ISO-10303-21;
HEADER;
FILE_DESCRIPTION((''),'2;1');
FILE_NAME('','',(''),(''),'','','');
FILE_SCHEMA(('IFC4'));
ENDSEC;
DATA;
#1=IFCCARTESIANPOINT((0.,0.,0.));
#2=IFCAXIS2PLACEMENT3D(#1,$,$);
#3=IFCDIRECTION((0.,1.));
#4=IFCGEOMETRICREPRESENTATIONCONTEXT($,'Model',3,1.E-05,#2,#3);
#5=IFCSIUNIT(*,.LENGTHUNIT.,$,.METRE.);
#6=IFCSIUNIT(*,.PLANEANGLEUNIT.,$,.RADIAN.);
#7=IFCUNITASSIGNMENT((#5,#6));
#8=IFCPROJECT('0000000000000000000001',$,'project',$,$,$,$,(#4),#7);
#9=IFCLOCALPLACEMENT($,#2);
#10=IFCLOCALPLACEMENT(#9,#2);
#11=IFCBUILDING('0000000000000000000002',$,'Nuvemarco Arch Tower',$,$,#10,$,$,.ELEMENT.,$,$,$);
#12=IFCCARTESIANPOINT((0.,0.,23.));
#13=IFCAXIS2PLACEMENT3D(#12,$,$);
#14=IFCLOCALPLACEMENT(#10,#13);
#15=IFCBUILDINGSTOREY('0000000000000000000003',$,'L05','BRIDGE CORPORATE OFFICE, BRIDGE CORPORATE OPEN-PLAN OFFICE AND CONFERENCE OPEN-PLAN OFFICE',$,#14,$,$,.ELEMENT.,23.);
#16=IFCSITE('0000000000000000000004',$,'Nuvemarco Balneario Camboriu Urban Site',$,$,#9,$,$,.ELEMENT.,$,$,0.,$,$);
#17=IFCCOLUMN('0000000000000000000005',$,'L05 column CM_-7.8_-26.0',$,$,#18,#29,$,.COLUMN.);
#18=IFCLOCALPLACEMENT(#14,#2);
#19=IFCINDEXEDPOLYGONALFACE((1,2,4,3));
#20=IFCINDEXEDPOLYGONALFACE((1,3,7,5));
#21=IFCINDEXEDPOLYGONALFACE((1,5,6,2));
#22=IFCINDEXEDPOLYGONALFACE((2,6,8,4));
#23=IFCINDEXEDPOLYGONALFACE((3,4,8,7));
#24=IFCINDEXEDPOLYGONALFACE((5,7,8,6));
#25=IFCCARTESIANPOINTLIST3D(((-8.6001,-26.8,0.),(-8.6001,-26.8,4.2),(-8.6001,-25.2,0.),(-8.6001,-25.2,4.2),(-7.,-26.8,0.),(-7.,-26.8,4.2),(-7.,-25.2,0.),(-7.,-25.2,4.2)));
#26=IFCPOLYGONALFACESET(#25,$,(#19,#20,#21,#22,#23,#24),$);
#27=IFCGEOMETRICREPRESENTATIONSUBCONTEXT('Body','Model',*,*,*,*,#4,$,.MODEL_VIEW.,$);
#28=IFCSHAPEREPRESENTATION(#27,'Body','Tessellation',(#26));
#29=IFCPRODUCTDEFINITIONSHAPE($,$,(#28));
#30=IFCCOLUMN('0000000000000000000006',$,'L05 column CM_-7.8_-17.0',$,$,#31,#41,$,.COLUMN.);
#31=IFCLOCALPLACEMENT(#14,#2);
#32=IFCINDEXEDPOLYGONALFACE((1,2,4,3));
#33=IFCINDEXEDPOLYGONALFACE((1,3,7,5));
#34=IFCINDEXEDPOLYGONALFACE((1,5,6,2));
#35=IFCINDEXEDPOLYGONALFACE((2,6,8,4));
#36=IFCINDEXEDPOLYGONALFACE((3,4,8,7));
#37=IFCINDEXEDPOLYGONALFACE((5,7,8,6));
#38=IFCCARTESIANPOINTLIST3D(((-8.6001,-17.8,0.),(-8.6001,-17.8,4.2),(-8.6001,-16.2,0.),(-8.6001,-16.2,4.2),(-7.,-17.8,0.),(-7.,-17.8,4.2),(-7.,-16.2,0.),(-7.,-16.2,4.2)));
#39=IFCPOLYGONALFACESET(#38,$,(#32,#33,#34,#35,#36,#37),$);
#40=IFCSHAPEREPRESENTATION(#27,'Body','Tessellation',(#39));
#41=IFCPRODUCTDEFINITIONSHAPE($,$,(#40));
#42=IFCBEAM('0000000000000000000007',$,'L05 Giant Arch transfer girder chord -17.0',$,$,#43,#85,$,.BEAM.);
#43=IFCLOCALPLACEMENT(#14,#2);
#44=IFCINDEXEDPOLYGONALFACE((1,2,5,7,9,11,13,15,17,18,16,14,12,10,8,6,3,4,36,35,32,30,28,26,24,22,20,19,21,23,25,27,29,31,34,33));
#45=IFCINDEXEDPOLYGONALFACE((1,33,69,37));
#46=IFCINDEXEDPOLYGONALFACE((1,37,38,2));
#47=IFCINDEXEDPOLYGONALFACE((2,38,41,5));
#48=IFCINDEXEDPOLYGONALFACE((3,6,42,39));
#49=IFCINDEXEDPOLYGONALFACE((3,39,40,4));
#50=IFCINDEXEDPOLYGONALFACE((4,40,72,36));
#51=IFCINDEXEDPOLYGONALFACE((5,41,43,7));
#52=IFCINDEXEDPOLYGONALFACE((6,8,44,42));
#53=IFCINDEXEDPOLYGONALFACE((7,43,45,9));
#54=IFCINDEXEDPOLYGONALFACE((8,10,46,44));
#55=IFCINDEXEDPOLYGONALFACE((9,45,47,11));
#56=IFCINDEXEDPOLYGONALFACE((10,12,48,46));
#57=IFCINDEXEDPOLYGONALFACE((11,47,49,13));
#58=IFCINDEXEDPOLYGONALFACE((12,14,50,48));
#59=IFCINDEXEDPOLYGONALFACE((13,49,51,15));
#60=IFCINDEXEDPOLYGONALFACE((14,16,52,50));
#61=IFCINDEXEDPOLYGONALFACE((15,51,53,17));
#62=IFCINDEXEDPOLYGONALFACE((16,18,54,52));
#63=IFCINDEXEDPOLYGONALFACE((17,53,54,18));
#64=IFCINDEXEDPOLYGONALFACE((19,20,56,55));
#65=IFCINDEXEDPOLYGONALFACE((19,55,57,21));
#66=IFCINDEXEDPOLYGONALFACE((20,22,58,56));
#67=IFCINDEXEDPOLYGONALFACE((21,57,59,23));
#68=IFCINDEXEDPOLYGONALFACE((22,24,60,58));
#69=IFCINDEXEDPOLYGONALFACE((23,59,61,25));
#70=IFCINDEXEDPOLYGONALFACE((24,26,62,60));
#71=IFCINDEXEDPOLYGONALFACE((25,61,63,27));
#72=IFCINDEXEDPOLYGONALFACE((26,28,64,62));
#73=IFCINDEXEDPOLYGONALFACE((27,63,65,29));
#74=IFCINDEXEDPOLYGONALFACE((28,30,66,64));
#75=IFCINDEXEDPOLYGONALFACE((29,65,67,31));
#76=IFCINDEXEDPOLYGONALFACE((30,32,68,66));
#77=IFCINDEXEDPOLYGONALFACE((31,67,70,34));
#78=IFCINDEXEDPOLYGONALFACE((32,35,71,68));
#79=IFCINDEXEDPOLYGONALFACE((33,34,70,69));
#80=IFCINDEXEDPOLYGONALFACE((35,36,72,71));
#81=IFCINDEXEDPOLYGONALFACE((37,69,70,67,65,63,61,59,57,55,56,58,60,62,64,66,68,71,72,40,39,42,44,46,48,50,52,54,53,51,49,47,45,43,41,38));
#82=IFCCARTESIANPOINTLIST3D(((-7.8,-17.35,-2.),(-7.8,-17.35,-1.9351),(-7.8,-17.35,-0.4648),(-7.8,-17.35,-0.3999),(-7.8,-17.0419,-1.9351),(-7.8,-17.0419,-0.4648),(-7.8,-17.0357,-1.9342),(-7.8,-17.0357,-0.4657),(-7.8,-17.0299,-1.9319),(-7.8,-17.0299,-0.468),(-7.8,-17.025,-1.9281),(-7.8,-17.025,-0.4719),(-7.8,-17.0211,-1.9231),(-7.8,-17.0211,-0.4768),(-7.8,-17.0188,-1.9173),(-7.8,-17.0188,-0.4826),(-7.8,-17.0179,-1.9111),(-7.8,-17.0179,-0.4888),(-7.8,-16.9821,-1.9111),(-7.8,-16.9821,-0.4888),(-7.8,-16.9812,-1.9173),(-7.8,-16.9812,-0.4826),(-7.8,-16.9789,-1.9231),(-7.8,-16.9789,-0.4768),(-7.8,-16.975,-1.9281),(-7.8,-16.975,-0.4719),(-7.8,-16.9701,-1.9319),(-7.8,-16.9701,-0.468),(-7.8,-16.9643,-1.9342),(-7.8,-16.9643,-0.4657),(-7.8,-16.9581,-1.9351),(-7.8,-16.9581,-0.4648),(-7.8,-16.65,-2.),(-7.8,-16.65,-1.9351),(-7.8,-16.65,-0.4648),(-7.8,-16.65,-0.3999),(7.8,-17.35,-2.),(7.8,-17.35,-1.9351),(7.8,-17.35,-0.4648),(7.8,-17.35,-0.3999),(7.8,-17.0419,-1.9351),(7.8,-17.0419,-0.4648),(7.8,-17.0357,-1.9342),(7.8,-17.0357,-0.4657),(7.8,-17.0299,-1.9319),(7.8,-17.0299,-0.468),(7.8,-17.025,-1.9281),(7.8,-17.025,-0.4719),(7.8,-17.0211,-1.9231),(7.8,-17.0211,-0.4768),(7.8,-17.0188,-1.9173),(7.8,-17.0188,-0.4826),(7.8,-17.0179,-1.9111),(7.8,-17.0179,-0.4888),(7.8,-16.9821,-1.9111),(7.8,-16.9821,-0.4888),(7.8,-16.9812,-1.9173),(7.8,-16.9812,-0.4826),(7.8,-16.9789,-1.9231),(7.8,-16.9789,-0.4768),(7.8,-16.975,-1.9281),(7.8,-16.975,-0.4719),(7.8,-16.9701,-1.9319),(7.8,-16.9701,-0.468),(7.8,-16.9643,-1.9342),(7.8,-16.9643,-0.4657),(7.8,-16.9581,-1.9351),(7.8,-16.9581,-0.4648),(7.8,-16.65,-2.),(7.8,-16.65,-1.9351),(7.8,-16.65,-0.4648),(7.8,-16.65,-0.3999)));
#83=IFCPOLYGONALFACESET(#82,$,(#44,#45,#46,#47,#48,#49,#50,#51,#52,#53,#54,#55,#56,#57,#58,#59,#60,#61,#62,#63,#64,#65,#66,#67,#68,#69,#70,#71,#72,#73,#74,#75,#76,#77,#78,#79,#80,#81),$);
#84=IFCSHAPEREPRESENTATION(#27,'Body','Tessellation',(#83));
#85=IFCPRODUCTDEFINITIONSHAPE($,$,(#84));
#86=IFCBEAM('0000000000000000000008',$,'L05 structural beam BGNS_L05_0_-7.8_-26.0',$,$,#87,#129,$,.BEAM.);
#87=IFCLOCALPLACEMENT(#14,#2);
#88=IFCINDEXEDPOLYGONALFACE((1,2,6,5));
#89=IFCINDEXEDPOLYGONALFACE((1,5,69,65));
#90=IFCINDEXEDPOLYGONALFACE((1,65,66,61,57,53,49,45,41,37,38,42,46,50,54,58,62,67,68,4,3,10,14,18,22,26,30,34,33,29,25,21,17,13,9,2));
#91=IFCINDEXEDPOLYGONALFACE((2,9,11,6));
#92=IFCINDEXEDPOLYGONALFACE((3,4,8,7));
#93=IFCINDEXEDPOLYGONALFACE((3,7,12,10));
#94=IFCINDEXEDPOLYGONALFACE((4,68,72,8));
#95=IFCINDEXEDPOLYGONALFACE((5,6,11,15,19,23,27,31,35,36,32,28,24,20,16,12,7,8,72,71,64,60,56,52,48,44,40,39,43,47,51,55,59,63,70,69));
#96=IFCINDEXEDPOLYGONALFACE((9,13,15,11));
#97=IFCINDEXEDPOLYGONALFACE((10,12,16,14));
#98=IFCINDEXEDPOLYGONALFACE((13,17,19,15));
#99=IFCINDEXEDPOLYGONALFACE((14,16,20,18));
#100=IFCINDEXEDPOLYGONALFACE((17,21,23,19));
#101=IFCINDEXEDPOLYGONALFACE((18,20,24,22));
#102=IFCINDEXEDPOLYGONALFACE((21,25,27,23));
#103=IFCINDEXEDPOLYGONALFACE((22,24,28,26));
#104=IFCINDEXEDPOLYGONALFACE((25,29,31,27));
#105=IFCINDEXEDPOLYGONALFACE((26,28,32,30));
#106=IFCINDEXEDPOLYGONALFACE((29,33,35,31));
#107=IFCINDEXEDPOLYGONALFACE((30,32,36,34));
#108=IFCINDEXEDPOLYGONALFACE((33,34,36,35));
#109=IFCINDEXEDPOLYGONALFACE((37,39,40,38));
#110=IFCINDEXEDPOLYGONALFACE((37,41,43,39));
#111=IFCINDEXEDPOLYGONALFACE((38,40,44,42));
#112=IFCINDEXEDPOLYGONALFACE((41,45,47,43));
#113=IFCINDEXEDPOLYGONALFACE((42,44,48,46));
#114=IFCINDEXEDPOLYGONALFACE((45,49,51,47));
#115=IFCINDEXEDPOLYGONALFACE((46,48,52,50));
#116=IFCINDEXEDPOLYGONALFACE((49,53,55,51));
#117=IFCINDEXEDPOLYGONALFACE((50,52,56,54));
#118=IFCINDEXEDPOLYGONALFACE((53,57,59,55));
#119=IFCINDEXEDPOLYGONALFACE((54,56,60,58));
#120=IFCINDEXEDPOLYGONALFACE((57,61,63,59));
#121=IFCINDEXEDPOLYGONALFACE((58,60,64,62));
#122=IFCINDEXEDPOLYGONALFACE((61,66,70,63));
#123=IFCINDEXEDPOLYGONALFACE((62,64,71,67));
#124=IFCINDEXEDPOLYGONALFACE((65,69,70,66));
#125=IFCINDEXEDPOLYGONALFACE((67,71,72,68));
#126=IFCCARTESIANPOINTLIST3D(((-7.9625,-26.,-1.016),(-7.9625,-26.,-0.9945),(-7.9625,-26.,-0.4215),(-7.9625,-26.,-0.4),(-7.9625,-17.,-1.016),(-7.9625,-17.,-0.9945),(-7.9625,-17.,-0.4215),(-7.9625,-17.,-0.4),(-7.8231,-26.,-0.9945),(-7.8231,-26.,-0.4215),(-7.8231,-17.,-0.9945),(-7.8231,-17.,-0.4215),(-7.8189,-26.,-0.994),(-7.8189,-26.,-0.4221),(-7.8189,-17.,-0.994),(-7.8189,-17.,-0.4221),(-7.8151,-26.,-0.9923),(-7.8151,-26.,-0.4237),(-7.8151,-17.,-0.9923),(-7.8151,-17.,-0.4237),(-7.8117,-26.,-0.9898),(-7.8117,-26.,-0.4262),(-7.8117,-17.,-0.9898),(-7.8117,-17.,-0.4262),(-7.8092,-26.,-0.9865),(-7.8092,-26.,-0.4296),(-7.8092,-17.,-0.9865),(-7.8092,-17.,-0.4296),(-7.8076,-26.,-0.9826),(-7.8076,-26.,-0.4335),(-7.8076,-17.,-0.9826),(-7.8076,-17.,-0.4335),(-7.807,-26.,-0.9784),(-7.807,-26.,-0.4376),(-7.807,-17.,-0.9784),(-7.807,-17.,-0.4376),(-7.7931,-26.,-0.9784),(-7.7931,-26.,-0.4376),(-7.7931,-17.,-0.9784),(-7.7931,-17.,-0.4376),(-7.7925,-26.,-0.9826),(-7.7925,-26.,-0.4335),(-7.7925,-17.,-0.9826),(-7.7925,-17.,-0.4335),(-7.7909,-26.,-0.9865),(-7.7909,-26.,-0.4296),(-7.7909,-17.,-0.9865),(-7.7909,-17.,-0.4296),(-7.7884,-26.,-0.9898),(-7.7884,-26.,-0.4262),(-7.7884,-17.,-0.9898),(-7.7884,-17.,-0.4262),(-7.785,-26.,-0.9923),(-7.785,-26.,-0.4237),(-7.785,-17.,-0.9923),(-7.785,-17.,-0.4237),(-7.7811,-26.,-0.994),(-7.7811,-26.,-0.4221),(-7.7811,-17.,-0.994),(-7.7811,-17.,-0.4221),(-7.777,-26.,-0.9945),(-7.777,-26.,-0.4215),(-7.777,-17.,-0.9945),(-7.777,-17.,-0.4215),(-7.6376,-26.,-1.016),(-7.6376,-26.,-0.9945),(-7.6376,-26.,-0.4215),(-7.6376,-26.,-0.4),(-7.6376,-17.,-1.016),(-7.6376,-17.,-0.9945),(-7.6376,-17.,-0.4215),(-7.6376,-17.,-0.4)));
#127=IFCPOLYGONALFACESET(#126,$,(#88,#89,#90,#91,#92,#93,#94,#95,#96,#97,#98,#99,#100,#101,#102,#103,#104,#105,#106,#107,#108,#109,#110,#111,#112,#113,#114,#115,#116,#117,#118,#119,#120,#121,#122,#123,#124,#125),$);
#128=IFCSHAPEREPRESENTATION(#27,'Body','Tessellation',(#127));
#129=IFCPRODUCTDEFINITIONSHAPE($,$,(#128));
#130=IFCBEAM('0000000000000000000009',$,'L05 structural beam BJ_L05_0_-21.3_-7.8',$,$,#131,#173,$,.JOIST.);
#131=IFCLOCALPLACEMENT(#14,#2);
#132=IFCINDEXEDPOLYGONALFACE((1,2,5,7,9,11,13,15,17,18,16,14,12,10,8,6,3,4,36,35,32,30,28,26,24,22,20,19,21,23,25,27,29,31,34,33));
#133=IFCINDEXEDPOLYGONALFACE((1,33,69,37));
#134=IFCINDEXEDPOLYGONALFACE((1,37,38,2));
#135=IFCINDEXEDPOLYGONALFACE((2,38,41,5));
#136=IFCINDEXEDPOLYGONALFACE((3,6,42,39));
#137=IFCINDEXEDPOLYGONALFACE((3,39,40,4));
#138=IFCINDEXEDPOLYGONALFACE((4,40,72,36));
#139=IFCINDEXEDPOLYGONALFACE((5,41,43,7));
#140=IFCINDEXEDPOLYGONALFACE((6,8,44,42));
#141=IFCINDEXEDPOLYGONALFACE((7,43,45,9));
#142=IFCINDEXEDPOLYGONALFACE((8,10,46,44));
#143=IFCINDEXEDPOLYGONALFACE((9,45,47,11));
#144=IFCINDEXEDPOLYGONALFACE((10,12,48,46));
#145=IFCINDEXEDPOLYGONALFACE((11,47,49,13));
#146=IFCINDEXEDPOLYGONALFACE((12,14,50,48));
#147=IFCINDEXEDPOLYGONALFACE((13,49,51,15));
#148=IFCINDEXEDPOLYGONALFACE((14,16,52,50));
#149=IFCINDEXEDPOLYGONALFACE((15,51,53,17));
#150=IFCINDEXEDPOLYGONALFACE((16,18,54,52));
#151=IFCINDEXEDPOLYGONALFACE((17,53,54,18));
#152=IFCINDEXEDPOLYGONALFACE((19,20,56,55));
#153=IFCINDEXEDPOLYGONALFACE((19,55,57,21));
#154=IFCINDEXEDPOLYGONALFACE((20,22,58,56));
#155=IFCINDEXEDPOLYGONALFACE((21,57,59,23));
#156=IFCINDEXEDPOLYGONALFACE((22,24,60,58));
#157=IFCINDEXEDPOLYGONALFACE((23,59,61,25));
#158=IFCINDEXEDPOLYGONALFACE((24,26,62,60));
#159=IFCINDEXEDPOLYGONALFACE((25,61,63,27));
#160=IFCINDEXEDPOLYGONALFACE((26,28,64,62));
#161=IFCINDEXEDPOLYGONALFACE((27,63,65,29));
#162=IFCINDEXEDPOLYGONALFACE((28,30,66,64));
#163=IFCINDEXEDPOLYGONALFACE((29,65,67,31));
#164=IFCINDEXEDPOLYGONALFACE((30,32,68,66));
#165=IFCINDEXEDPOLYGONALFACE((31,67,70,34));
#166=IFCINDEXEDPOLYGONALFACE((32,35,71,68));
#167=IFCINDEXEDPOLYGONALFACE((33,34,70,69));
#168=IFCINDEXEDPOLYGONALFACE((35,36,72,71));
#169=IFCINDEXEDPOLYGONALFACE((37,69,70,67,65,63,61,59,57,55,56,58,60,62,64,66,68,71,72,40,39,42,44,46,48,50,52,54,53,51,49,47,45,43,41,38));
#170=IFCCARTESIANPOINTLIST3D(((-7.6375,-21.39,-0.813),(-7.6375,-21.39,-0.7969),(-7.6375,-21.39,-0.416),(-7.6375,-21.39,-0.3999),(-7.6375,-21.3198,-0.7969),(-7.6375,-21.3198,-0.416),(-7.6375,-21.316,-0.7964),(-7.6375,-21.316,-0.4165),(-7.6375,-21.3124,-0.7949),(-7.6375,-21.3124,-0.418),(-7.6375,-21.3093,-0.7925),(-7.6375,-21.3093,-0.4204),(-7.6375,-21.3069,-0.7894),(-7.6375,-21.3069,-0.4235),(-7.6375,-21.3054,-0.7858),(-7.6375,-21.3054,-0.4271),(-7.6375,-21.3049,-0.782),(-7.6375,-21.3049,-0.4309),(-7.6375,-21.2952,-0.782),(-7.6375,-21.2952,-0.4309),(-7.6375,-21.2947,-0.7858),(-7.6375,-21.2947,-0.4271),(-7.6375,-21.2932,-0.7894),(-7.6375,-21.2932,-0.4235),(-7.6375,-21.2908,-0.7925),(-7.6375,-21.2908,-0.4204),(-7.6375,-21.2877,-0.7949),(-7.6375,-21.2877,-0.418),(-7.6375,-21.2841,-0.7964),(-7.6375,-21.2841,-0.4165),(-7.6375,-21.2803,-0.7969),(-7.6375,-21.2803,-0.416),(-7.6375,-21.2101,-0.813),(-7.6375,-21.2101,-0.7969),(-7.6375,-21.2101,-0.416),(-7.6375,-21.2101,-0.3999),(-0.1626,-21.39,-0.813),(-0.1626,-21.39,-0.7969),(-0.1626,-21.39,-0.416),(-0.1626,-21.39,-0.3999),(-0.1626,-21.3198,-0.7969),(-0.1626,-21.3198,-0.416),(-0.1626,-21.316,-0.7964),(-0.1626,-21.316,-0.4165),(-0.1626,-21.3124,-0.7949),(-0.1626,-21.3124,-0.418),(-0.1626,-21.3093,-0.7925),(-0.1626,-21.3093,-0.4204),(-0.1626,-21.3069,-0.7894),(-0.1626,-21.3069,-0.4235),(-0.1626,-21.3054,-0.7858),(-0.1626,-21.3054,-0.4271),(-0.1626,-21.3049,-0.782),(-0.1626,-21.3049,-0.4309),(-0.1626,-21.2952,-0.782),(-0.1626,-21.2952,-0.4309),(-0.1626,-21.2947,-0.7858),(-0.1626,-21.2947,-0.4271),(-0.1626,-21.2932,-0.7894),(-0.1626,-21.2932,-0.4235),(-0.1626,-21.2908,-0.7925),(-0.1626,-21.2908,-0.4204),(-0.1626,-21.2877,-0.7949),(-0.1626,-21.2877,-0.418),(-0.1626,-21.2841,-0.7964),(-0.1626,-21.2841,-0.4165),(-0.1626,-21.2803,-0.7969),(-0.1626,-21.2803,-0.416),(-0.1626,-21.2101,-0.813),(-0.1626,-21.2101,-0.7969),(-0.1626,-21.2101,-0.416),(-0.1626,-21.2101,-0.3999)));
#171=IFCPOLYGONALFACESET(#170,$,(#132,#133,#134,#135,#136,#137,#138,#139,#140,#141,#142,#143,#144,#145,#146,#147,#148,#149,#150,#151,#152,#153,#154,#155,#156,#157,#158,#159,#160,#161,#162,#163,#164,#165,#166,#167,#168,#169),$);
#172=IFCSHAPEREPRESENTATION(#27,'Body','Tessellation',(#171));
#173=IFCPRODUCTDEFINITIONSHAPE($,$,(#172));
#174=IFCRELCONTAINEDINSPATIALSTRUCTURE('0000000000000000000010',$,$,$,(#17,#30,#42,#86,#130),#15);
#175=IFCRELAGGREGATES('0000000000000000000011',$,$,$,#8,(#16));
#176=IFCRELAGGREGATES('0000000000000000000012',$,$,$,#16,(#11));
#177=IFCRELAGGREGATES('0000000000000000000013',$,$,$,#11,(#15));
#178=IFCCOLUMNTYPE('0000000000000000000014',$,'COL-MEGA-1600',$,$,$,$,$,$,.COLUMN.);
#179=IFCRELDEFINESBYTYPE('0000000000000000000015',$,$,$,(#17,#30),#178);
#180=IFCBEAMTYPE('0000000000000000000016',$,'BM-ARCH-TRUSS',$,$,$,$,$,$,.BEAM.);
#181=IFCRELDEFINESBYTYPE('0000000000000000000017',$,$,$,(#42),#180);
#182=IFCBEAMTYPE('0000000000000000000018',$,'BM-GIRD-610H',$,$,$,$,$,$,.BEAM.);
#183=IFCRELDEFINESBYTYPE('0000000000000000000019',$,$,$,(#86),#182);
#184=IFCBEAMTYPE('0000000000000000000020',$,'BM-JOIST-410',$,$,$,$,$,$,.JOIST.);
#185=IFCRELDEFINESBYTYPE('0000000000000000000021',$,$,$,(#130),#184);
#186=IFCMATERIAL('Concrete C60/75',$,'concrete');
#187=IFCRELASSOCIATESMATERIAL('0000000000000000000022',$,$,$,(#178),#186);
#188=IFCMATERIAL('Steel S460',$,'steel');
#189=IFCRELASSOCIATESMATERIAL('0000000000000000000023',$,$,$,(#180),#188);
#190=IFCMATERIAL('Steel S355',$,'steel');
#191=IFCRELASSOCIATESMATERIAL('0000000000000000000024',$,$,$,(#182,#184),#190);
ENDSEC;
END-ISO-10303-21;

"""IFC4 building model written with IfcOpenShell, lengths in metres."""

from ifc_helpers import new_model, si_unit, direction, frame, origin, origin_2d, place, context, subcontext, project, spatial, rectangle, i_section, extrude, material, material_profile, profile_set, type_object, element, save


model = new_model("IFC4")

# Units and contexts
model_context = context("Model", 3, precision=1e-05, world=origin(), true_north=direction((0.0, 1.0)))
body_context = subcontext(model_context, "Body", "Model", "MODEL_VIEW")
ifc_project = project(units=[si_unit("LENGTHUNIT", "METRE"), si_unit("PLANEANGLEUNIT", "RADIAN")], contexts=[model_context])

# Site, building, storey
site_placement = place(None, origin())
site = spatial("IfcSite", under=ifc_project, at=site_placement, Name="Nuvemarco Balneario Camboriu Urban Site", CompositionType="ELEMENT", RefElevation=0.0)
building_placement = place(site_placement, origin())
building = spatial("IfcBuilding", under=site, at=building_placement, Name="Nuvemarco Arch Tower", CompositionType="ELEMENT")
storey_placement = place(building_placement, frame((0.0, 0.0, 23.0)))
storey = spatial("IfcBuildingStorey", under=building, at=storey_placement, Name="L05", Description="BRIDGE CORPORATE OFFICE, BRIDGE CORPORATE OPEN-PLAN OFFICE AND CONFERENCE OPEN-PLAN OFFICE", CompositionType="ELEMENT", Elevation=23.0)

# Columns
ifc_material_1 = material(Name="Concrete C60/75", Category="concrete")
ifc_material_profile_1 = material_profile(ifc_material_1, rectangle(XDim=1.6001, YDim=1.6001, at=origin_2d()), Name="RC-COL-1600x1600")
ifc_profile_set_1 = profile_set([ifc_material_profile_1], Name="Concrete C60/75")
column_type = type_object("IfcColumnType", Name="COL-MEGA-1600", PredefinedType="COLUMN", material=ifc_profile_set_1)
for number, where, z_axis, x_axis, name in (
    (1, (-7.8, -26.0, 0.0), (0.0, 0.0, 1.0), (1.0, 0.0, 0.0), "L05 column CM_-7.8_-26.0"),
    (2, (-7.8, -17.0, 0.0), (0.0, 0.0, 1.0), (1.0, 0.0, 0.0), "L05 column CM_-7.8_-17.0"),
):
    element("IfcColumn", number, at=place(storey_placement, frame(where, z_axis=z_axis, x_axis=x_axis)), inside=storey, type_object=column_type, Name=name, PredefinedType="COLUMN", context=body_context, shape_type="SweptSolid", body=[
        extrude(rectangle(XDim=1.6001, YDim=1.6001, at=origin_2d()), origin(), (0.0, 0.0, 1.0), 4.2),
    ])

# Beams
ifc_material_2 = material(Name="Steel S460", Category="steel")
ifc_material_profile_2 = material_profile(ifc_material_2, i_section(OverallWidth=0.7, OverallDepth=1.6001, WebThickness=0.0359, FlangeThickness=0.0649, FilletRadius=0.0239, at=origin_2d()), Name="PG1600x700")
ifc_profile_set_2 = profile_set([ifc_material_profile_2], Name="Steel S460")
beam_type_1 = type_object("IfcBeamType", Name="BM-ARCH-TRUSS", PredefinedType="BEAM", material=ifc_profile_set_2)
beam_1_placement = place(storey_placement, frame((-7.8, -17.0, -1.2), z_axis=(1.0, 0.0, 0.0), x_axis=(0.0, 1.0, 0.0)))
element("IfcBeam", 3, at=beam_1_placement, inside=storey, type_object=beam_type_1, Name="L05 Giant Arch transfer girder chord -17.0", PredefinedType="BEAM", context=body_context, shape_type="SweptSolid", body=[
    extrude(i_section(OverallWidth=0.7, OverallDepth=1.6001, WebThickness=0.0359, FlangeThickness=0.0649, FilletRadius=0.0239, at=origin_2d()), origin(), (0.0, 0.0, 1.0), 15.6001),
])
ifc_material_3 = material(Name="Steel S355", Category="steel")
ifc_material_profile_3 = material_profile(ifc_material_3, i_section(OverallWidth=0.325, OverallDepth=0.616, WebThickness=0.0139, FlangeThickness=0.0215, FilletRadius=0.0161, at=origin_2d()), Name="W610x174")
ifc_profile_set_3 = profile_set([ifc_material_profile_3], Name="Steel S355")
beam_type_2 = type_object("IfcBeamType", Name="BM-GIRD-610H", PredefinedType="BEAM", material=ifc_profile_set_3)
beam_2_placement = place(storey_placement, frame((-7.8, -26.0, -0.708), z_axis=(0.0, 1.0, 0.0), x_axis=(-1.0, 0.0, 0.0)))
element("IfcBeam", 4, at=beam_2_placement, inside=storey, type_object=beam_type_2, Name="L05 structural beam BGNS_L05_0_-7.8_-26.0", PredefinedType="BEAM", context=body_context, shape_type="SweptSolid", body=[
    extrude(i_section(OverallWidth=0.325, OverallDepth=0.616, WebThickness=0.0139, FlangeThickness=0.0215, FilletRadius=0.0161, at=origin_2d()), origin(), (0.0, 0.0, 1.0), 9.0),
])
ifc_material_profile_4 = material_profile(ifc_material_3, i_section(OverallWidth=0.1799, OverallDepth=0.4131, WebThickness=0.0098, FlangeThickness=0.0161, FilletRadius=0.0149, at=origin_2d()), Name="W410x75")
ifc_profile_set_4 = profile_set([ifc_material_profile_4], Name="Steel S355")
beam_type_3 = type_object("IfcBeamType", Name="BM-JOIST-410", PredefinedType="JOIST", material=ifc_profile_set_4)
beam_3_placement = place(storey_placement, frame((-7.6375, -21.3, -0.6064), z_axis=(1.0, 0.0, 0.0), x_axis=(0.0, 1.0, 0.0)))
element("IfcBeam", 5, at=beam_3_placement, inside=storey, type_object=beam_type_3, Name="L05 structural beam BJ_L05_0_-21.3_-7.8", PredefinedType="JOIST", context=body_context, shape_type="SweptSolid", body=[
    extrude(i_section(OverallWidth=0.1799, OverallDepth=0.4131, WebThickness=0.0098, FlangeThickness=0.0161, FilletRadius=0.0149, at=origin_2d()), origin(), (0.0, 0.0, 1.0), 7.4749),
])

save(model, "model.ifc")
